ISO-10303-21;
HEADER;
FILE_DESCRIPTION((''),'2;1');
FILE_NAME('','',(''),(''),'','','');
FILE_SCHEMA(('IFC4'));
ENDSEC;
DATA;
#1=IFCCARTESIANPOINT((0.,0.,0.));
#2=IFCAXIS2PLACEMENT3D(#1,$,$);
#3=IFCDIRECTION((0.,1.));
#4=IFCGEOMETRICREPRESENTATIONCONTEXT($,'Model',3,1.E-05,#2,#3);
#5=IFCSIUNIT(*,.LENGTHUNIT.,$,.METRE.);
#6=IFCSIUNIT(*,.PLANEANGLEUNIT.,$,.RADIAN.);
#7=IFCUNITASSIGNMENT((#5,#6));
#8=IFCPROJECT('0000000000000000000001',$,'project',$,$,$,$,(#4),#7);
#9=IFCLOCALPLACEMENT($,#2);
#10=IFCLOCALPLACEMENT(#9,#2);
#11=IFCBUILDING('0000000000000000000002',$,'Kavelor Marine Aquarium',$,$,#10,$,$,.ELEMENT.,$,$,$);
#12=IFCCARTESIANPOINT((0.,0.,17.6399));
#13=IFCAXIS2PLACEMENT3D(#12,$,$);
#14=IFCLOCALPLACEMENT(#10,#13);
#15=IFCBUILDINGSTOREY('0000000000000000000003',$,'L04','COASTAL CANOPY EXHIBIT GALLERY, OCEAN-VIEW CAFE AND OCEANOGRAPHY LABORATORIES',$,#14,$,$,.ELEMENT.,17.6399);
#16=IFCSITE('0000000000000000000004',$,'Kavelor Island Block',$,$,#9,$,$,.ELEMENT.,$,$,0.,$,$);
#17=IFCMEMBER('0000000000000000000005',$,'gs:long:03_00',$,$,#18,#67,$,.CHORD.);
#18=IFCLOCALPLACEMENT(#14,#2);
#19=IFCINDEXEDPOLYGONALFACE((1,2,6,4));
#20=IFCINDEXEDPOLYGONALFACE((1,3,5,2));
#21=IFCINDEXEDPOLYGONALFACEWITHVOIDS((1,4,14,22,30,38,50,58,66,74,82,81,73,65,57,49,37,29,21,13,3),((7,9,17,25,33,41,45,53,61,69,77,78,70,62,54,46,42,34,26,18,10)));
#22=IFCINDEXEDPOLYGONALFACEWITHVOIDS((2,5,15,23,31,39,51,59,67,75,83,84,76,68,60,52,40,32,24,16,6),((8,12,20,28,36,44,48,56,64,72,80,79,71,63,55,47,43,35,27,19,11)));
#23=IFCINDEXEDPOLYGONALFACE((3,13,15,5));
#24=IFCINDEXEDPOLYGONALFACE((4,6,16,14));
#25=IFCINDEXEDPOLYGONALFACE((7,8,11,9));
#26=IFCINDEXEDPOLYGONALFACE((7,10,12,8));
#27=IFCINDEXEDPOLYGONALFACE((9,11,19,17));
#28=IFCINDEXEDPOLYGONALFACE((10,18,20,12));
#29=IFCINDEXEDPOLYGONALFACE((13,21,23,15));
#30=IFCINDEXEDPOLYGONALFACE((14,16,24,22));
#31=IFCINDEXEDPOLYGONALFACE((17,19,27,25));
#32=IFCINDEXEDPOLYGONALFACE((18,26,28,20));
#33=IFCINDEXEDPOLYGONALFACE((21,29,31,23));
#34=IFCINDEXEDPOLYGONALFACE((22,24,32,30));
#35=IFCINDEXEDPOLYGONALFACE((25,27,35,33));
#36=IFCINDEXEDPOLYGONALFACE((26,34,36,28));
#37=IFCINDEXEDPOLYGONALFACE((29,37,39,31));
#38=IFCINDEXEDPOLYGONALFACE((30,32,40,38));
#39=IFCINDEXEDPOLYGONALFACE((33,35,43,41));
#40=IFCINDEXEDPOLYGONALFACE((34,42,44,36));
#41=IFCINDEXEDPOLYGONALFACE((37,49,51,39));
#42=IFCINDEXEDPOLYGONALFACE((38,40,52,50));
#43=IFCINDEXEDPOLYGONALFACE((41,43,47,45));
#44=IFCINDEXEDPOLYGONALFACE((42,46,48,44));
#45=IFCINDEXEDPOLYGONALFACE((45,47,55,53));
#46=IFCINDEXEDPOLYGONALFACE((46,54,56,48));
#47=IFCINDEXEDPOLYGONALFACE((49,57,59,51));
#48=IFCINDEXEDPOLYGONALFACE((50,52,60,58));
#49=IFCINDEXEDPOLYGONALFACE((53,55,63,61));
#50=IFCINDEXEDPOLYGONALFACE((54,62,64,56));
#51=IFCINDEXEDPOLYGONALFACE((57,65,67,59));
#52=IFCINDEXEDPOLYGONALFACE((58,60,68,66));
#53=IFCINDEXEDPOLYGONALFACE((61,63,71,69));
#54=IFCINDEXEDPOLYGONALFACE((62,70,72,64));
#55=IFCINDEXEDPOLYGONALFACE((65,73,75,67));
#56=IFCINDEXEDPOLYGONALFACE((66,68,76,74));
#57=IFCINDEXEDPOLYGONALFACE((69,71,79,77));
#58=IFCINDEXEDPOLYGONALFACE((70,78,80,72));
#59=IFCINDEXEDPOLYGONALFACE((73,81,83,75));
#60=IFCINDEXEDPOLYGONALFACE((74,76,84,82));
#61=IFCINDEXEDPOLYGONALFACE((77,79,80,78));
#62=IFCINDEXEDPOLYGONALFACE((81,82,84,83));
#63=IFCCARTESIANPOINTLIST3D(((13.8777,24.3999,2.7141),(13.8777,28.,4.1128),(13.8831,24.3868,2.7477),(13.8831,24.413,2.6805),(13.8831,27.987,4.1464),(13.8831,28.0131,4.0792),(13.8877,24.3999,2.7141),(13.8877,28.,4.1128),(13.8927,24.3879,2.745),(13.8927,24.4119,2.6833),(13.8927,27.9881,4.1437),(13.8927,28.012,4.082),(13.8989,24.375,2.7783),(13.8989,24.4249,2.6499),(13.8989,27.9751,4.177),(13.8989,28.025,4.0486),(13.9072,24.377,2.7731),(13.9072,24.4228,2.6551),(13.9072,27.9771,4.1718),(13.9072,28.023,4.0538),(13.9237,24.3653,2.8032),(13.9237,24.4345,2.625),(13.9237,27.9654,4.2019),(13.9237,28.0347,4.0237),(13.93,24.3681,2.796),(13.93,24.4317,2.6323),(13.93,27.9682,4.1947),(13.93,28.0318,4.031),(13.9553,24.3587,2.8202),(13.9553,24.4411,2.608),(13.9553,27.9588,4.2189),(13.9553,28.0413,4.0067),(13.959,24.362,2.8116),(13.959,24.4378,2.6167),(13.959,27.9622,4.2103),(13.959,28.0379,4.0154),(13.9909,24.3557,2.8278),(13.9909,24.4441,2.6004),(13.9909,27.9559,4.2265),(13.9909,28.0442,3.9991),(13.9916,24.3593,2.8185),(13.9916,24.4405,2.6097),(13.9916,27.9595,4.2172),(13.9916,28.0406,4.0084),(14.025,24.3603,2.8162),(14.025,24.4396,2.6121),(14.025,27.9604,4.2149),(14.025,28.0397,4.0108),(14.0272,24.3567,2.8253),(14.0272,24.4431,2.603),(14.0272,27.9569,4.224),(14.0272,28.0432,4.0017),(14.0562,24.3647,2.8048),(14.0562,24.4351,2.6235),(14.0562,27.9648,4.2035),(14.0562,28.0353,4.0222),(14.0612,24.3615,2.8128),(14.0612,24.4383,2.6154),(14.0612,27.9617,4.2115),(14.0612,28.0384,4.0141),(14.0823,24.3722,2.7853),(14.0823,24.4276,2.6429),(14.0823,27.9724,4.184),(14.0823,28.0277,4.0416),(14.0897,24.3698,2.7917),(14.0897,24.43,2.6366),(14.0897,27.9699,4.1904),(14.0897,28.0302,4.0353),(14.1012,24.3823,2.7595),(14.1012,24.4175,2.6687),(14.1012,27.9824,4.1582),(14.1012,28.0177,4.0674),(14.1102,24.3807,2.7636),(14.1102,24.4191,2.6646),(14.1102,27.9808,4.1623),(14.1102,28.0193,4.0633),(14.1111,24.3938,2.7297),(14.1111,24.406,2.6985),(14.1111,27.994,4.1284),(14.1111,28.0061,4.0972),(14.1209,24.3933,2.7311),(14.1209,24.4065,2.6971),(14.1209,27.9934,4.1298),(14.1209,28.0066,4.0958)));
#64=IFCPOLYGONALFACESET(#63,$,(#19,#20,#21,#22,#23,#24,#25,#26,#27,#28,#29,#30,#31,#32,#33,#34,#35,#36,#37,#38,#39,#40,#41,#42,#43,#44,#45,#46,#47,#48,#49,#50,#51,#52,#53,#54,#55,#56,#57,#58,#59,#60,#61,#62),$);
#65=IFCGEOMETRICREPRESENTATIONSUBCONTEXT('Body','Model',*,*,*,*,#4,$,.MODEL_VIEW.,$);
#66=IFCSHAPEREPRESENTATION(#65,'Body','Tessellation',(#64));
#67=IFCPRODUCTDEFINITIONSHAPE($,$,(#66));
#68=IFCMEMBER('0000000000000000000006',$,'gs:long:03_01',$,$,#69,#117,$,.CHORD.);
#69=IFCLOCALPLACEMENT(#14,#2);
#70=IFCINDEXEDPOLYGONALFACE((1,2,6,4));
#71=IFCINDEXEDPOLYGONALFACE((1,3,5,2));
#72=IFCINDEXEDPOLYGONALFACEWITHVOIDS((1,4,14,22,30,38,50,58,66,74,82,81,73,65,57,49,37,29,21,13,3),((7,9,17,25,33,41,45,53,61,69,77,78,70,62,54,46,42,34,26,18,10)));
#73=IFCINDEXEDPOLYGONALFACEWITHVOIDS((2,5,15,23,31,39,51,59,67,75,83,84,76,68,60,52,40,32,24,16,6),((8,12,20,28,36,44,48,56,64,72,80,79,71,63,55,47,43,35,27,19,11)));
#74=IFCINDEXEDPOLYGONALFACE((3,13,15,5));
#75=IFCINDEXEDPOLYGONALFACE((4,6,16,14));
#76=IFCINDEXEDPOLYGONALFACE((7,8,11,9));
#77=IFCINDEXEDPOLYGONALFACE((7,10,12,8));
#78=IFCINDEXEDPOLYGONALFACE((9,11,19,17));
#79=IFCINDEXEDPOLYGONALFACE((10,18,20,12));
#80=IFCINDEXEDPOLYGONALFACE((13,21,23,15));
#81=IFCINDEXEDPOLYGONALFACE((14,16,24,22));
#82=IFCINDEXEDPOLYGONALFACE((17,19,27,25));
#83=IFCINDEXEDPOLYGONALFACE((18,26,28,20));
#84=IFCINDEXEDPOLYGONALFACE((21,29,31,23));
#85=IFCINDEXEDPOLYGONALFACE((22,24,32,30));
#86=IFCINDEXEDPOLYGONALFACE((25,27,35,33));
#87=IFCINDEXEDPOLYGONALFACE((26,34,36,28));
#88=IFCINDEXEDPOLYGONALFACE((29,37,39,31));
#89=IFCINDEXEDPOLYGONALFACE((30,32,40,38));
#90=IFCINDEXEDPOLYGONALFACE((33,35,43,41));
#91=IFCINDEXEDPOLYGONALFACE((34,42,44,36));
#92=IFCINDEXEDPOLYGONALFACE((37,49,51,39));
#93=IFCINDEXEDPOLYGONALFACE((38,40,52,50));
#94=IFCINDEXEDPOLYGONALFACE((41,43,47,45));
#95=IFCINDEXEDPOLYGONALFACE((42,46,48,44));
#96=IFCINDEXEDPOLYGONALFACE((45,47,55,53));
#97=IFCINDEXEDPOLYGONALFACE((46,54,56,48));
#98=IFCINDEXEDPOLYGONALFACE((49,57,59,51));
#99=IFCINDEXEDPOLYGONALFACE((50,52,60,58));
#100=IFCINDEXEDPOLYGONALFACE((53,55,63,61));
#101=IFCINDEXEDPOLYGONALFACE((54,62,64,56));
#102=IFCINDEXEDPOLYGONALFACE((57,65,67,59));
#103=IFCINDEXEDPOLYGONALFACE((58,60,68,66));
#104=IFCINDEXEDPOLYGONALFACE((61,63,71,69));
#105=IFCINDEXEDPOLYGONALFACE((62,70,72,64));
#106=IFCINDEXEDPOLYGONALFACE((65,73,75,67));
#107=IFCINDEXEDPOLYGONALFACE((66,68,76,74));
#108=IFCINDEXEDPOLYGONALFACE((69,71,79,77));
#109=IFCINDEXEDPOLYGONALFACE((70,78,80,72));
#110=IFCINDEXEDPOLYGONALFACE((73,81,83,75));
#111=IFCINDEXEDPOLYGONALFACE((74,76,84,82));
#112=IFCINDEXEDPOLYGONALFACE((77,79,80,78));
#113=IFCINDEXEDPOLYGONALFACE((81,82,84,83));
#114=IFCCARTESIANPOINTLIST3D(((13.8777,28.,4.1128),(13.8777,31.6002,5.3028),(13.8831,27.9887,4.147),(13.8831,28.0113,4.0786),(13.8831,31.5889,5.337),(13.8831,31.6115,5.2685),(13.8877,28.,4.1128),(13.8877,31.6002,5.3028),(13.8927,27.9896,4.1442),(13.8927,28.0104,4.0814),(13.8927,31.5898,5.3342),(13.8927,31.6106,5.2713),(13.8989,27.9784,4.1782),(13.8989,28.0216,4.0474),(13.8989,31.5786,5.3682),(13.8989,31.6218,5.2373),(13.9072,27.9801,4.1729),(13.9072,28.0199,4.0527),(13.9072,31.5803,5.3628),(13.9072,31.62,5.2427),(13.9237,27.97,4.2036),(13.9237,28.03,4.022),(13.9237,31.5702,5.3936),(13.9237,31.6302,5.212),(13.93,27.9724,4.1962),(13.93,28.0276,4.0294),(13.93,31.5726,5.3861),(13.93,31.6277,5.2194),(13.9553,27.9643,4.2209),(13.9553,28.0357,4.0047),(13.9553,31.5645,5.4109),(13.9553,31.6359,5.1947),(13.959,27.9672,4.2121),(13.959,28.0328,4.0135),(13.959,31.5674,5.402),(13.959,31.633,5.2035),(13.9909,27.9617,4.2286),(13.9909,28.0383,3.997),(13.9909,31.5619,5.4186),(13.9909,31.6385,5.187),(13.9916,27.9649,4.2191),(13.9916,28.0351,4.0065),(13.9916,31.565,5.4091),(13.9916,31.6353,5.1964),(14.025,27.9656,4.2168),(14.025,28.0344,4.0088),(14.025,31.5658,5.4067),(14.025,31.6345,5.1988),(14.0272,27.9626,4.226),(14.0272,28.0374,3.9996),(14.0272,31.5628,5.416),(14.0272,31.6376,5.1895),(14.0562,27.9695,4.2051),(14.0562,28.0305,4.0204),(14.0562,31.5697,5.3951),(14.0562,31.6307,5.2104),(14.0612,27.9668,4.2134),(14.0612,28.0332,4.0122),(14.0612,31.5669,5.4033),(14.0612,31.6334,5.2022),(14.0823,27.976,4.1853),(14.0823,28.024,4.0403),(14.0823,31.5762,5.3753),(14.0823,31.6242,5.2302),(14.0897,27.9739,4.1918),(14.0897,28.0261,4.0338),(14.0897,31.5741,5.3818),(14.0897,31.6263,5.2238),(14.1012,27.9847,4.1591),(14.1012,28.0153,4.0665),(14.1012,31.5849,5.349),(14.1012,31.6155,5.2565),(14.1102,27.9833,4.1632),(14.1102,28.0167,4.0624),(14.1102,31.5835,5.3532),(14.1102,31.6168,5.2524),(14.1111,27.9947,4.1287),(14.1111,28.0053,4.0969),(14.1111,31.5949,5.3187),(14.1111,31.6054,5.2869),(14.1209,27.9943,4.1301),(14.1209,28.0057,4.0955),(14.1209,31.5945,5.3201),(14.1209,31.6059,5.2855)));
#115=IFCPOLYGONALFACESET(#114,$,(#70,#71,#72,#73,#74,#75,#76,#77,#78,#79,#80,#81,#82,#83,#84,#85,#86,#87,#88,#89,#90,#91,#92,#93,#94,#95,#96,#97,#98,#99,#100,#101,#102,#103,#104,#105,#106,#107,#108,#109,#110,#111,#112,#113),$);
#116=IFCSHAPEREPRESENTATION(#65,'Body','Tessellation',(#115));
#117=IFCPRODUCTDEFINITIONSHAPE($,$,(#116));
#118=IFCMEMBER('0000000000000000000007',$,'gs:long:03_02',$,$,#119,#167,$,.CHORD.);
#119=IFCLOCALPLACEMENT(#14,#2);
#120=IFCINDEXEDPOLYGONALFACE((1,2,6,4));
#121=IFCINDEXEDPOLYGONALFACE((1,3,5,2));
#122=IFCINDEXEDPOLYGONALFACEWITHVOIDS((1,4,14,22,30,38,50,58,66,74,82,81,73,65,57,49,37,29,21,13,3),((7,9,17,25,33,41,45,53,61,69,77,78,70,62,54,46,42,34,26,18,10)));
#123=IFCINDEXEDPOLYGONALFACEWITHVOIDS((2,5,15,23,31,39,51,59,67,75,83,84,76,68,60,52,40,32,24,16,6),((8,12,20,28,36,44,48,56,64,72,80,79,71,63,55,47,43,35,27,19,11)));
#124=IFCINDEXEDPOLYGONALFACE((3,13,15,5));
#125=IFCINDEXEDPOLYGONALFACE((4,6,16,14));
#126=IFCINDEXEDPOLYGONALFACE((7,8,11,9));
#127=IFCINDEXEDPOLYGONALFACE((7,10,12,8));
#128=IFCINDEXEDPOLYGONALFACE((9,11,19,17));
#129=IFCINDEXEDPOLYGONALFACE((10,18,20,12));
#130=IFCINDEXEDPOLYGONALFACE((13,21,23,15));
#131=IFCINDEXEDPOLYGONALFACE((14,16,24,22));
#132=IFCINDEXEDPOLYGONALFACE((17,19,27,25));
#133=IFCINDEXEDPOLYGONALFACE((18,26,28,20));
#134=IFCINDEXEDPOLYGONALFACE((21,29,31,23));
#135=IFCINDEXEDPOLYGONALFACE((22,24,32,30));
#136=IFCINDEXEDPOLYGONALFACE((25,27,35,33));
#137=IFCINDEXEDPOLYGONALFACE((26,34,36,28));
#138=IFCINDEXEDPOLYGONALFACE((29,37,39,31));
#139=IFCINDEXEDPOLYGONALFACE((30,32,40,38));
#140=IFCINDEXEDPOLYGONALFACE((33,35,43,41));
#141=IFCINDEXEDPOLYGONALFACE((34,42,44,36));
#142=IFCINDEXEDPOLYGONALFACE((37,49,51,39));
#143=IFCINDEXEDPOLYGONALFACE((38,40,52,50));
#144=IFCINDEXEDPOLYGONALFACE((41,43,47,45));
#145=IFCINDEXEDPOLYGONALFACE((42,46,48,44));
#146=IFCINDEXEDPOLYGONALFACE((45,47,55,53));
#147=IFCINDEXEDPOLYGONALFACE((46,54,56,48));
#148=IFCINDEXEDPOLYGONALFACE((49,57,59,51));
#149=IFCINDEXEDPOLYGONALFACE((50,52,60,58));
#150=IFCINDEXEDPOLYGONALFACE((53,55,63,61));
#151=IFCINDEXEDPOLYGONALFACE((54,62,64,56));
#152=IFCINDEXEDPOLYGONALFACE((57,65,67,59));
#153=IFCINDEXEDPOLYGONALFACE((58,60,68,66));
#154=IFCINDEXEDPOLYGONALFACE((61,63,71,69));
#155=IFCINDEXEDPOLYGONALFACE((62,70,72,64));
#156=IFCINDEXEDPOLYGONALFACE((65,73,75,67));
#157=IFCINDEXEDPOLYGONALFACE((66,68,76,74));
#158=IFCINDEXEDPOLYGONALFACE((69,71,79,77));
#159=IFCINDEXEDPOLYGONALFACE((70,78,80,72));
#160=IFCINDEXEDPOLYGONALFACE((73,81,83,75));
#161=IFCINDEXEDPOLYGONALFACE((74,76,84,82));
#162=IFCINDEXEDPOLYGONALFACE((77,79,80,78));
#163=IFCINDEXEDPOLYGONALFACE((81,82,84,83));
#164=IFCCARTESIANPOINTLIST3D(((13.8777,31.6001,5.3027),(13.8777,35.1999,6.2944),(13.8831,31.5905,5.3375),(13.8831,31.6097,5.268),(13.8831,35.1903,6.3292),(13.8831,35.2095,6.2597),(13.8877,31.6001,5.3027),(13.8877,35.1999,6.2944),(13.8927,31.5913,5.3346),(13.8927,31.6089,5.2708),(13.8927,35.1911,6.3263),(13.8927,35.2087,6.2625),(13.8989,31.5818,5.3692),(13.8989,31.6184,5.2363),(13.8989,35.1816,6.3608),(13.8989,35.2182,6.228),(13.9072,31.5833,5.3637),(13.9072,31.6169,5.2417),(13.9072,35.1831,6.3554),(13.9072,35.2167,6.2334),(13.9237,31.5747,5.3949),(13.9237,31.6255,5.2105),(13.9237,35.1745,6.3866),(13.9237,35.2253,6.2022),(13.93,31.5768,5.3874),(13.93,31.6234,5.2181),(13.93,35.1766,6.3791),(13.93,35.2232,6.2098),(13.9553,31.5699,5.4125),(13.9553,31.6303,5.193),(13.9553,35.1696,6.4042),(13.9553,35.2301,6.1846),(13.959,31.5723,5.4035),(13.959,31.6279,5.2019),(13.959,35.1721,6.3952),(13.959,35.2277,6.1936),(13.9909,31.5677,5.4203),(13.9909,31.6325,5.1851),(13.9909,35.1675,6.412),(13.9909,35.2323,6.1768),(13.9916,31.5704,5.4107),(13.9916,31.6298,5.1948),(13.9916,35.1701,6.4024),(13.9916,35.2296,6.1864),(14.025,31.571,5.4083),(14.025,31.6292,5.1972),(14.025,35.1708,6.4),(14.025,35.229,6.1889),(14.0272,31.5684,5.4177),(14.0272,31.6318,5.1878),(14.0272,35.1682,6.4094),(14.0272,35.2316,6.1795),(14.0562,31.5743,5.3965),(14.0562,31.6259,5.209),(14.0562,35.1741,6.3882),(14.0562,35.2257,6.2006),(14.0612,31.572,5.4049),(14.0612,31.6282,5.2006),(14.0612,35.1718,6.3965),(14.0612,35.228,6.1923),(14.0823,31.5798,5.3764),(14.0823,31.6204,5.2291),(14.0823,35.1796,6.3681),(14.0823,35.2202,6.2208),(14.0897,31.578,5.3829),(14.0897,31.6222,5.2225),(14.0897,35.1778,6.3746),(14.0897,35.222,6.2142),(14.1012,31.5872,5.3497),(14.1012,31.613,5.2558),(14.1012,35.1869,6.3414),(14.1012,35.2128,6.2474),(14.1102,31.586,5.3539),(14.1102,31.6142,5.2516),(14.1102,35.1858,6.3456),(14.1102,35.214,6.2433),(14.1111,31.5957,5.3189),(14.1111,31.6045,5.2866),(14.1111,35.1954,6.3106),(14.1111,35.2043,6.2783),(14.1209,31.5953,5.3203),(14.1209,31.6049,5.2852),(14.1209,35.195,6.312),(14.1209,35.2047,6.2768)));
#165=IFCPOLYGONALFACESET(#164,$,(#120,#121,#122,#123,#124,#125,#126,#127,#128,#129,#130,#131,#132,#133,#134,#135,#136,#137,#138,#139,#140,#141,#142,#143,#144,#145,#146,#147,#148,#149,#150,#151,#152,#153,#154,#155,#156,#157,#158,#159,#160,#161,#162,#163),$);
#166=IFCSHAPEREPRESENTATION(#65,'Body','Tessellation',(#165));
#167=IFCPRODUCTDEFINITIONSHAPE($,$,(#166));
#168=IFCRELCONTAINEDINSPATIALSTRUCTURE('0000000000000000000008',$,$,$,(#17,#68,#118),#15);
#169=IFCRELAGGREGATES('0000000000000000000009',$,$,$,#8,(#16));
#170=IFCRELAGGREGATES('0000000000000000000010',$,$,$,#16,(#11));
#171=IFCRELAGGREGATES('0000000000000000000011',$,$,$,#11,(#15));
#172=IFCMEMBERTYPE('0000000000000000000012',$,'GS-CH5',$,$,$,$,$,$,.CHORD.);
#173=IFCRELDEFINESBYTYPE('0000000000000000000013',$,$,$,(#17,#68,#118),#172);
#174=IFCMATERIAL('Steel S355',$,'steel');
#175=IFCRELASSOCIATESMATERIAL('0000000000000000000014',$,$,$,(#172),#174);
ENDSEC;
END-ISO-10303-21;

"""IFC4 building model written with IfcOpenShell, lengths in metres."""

from ifc_helpers import new_model, si_unit, direction, frame, origin, origin_2d, place, context, subcontext, project, spatial, hollow_circle, extrude, material, material_profile, profile_set, type_object, element, save


model = new_model("IFC4")

# Units and contexts
model_context = context("Model", 3, precision=1e-05, world=origin(), true_north=direction((0.0, 1.0)))
body_context = subcontext(model_context, "Body", "Model", "MODEL_VIEW")
ifc_project = project(units=[si_unit("LENGTHUNIT", "METRE"), si_unit("PLANEANGLEUNIT", "RADIAN")], contexts=[model_context])

# Site, building, storey
site_placement = place(None, origin())
site = spatial("IfcSite", under=ifc_project, at=site_placement, Name="Kavelor Island Block", CompositionType="ELEMENT", RefElevation=0.0)
building_placement = place(site_placement, origin())
building = spatial("IfcBuilding", under=site, at=building_placement, Name="Kavelor Marine Aquarium", CompositionType="ELEMENT")
storey_placement = place(building_placement, frame((0.0, 0.0, 17.6399)))
storey = spatial("IfcBuildingStorey", under=building, at=storey_placement, Name="L04", Description="COASTAL CANOPY EXHIBIT GALLERY, OCEAN-VIEW CAFE AND OCEANOGRAPHY LABORATORIES", CompositionType="ELEMENT", Elevation=17.6399)

# Members
ifc_material_1 = material(Name="Steel S355", Category="steel")
ifc_material_profile_1 = material_profile(ifc_material_1, hollow_circle(Radius=0.1223, WallThickness=0.01, at=origin_2d()), Name="CHS 244.5x10.0")
ifc_profile_set_1 = profile_set([ifc_material_profile_1], Name="Steel S355")
member_type_1 = type_object("IfcMemberType", Name="GS-CH5", PredefinedType="CHORD", material=ifc_profile_set_1)
member_1_placement = place(storey_placement, frame((14.0, 24.3999, 2.7141), z_axis=(0.0, 0.932123, 0.362141), x_axis=(-1.0, 0.0, 0.0)))
element("IfcMember", 1, at=member_1_placement, inside=storey, type_object=member_type_1, Name="gs:long:03_00", PredefinedType="CHORD", context=body_context, shape_type="SweptSolid", body=[
    extrude(hollow_circle(Radius=0.1223, WallThickness=0.01, at=origin_2d()), origin(), (0.0, 0.0, 1.0), 3.8623),
])
member_2_placement = place(storey_placement, frame((14.0, 28.0, 4.1128), z_axis=(0.0, 0.949479, 0.313831), x_axis=(-1.0, 0.0, 0.0)))
element("IfcMember", 2, at=member_2_placement, inside=storey, type_object=member_type_1, Name="gs:long:03_01", PredefinedType="CHORD", context=body_context, shape_type="SweptSolid", body=[
    extrude(hollow_circle(Radius=0.1223, WallThickness=0.01, at=origin_2d()), origin(), (0.0, 0.0, 1.0), 3.7917),
])
member_3_placement = place(storey_placement, frame((14.0, 31.6001, 5.3027), z_axis=(0.0, 0.964086, 0.26559), x_axis=(-1.0, 0.0, 0.0)))
element("IfcMember", 3, at=member_3_placement, inside=storey, type_object=member_type_1, Name="gs:long:03_02", PredefinedType="CHORD", context=body_context, shape_type="SweptSolid", body=[
    extrude(hollow_circle(Radius=0.1223, WallThickness=0.01, at=origin_2d()), origin(), (0.0, 0.0, 1.0), 3.7339),
])

save(model, "model.ifc")
